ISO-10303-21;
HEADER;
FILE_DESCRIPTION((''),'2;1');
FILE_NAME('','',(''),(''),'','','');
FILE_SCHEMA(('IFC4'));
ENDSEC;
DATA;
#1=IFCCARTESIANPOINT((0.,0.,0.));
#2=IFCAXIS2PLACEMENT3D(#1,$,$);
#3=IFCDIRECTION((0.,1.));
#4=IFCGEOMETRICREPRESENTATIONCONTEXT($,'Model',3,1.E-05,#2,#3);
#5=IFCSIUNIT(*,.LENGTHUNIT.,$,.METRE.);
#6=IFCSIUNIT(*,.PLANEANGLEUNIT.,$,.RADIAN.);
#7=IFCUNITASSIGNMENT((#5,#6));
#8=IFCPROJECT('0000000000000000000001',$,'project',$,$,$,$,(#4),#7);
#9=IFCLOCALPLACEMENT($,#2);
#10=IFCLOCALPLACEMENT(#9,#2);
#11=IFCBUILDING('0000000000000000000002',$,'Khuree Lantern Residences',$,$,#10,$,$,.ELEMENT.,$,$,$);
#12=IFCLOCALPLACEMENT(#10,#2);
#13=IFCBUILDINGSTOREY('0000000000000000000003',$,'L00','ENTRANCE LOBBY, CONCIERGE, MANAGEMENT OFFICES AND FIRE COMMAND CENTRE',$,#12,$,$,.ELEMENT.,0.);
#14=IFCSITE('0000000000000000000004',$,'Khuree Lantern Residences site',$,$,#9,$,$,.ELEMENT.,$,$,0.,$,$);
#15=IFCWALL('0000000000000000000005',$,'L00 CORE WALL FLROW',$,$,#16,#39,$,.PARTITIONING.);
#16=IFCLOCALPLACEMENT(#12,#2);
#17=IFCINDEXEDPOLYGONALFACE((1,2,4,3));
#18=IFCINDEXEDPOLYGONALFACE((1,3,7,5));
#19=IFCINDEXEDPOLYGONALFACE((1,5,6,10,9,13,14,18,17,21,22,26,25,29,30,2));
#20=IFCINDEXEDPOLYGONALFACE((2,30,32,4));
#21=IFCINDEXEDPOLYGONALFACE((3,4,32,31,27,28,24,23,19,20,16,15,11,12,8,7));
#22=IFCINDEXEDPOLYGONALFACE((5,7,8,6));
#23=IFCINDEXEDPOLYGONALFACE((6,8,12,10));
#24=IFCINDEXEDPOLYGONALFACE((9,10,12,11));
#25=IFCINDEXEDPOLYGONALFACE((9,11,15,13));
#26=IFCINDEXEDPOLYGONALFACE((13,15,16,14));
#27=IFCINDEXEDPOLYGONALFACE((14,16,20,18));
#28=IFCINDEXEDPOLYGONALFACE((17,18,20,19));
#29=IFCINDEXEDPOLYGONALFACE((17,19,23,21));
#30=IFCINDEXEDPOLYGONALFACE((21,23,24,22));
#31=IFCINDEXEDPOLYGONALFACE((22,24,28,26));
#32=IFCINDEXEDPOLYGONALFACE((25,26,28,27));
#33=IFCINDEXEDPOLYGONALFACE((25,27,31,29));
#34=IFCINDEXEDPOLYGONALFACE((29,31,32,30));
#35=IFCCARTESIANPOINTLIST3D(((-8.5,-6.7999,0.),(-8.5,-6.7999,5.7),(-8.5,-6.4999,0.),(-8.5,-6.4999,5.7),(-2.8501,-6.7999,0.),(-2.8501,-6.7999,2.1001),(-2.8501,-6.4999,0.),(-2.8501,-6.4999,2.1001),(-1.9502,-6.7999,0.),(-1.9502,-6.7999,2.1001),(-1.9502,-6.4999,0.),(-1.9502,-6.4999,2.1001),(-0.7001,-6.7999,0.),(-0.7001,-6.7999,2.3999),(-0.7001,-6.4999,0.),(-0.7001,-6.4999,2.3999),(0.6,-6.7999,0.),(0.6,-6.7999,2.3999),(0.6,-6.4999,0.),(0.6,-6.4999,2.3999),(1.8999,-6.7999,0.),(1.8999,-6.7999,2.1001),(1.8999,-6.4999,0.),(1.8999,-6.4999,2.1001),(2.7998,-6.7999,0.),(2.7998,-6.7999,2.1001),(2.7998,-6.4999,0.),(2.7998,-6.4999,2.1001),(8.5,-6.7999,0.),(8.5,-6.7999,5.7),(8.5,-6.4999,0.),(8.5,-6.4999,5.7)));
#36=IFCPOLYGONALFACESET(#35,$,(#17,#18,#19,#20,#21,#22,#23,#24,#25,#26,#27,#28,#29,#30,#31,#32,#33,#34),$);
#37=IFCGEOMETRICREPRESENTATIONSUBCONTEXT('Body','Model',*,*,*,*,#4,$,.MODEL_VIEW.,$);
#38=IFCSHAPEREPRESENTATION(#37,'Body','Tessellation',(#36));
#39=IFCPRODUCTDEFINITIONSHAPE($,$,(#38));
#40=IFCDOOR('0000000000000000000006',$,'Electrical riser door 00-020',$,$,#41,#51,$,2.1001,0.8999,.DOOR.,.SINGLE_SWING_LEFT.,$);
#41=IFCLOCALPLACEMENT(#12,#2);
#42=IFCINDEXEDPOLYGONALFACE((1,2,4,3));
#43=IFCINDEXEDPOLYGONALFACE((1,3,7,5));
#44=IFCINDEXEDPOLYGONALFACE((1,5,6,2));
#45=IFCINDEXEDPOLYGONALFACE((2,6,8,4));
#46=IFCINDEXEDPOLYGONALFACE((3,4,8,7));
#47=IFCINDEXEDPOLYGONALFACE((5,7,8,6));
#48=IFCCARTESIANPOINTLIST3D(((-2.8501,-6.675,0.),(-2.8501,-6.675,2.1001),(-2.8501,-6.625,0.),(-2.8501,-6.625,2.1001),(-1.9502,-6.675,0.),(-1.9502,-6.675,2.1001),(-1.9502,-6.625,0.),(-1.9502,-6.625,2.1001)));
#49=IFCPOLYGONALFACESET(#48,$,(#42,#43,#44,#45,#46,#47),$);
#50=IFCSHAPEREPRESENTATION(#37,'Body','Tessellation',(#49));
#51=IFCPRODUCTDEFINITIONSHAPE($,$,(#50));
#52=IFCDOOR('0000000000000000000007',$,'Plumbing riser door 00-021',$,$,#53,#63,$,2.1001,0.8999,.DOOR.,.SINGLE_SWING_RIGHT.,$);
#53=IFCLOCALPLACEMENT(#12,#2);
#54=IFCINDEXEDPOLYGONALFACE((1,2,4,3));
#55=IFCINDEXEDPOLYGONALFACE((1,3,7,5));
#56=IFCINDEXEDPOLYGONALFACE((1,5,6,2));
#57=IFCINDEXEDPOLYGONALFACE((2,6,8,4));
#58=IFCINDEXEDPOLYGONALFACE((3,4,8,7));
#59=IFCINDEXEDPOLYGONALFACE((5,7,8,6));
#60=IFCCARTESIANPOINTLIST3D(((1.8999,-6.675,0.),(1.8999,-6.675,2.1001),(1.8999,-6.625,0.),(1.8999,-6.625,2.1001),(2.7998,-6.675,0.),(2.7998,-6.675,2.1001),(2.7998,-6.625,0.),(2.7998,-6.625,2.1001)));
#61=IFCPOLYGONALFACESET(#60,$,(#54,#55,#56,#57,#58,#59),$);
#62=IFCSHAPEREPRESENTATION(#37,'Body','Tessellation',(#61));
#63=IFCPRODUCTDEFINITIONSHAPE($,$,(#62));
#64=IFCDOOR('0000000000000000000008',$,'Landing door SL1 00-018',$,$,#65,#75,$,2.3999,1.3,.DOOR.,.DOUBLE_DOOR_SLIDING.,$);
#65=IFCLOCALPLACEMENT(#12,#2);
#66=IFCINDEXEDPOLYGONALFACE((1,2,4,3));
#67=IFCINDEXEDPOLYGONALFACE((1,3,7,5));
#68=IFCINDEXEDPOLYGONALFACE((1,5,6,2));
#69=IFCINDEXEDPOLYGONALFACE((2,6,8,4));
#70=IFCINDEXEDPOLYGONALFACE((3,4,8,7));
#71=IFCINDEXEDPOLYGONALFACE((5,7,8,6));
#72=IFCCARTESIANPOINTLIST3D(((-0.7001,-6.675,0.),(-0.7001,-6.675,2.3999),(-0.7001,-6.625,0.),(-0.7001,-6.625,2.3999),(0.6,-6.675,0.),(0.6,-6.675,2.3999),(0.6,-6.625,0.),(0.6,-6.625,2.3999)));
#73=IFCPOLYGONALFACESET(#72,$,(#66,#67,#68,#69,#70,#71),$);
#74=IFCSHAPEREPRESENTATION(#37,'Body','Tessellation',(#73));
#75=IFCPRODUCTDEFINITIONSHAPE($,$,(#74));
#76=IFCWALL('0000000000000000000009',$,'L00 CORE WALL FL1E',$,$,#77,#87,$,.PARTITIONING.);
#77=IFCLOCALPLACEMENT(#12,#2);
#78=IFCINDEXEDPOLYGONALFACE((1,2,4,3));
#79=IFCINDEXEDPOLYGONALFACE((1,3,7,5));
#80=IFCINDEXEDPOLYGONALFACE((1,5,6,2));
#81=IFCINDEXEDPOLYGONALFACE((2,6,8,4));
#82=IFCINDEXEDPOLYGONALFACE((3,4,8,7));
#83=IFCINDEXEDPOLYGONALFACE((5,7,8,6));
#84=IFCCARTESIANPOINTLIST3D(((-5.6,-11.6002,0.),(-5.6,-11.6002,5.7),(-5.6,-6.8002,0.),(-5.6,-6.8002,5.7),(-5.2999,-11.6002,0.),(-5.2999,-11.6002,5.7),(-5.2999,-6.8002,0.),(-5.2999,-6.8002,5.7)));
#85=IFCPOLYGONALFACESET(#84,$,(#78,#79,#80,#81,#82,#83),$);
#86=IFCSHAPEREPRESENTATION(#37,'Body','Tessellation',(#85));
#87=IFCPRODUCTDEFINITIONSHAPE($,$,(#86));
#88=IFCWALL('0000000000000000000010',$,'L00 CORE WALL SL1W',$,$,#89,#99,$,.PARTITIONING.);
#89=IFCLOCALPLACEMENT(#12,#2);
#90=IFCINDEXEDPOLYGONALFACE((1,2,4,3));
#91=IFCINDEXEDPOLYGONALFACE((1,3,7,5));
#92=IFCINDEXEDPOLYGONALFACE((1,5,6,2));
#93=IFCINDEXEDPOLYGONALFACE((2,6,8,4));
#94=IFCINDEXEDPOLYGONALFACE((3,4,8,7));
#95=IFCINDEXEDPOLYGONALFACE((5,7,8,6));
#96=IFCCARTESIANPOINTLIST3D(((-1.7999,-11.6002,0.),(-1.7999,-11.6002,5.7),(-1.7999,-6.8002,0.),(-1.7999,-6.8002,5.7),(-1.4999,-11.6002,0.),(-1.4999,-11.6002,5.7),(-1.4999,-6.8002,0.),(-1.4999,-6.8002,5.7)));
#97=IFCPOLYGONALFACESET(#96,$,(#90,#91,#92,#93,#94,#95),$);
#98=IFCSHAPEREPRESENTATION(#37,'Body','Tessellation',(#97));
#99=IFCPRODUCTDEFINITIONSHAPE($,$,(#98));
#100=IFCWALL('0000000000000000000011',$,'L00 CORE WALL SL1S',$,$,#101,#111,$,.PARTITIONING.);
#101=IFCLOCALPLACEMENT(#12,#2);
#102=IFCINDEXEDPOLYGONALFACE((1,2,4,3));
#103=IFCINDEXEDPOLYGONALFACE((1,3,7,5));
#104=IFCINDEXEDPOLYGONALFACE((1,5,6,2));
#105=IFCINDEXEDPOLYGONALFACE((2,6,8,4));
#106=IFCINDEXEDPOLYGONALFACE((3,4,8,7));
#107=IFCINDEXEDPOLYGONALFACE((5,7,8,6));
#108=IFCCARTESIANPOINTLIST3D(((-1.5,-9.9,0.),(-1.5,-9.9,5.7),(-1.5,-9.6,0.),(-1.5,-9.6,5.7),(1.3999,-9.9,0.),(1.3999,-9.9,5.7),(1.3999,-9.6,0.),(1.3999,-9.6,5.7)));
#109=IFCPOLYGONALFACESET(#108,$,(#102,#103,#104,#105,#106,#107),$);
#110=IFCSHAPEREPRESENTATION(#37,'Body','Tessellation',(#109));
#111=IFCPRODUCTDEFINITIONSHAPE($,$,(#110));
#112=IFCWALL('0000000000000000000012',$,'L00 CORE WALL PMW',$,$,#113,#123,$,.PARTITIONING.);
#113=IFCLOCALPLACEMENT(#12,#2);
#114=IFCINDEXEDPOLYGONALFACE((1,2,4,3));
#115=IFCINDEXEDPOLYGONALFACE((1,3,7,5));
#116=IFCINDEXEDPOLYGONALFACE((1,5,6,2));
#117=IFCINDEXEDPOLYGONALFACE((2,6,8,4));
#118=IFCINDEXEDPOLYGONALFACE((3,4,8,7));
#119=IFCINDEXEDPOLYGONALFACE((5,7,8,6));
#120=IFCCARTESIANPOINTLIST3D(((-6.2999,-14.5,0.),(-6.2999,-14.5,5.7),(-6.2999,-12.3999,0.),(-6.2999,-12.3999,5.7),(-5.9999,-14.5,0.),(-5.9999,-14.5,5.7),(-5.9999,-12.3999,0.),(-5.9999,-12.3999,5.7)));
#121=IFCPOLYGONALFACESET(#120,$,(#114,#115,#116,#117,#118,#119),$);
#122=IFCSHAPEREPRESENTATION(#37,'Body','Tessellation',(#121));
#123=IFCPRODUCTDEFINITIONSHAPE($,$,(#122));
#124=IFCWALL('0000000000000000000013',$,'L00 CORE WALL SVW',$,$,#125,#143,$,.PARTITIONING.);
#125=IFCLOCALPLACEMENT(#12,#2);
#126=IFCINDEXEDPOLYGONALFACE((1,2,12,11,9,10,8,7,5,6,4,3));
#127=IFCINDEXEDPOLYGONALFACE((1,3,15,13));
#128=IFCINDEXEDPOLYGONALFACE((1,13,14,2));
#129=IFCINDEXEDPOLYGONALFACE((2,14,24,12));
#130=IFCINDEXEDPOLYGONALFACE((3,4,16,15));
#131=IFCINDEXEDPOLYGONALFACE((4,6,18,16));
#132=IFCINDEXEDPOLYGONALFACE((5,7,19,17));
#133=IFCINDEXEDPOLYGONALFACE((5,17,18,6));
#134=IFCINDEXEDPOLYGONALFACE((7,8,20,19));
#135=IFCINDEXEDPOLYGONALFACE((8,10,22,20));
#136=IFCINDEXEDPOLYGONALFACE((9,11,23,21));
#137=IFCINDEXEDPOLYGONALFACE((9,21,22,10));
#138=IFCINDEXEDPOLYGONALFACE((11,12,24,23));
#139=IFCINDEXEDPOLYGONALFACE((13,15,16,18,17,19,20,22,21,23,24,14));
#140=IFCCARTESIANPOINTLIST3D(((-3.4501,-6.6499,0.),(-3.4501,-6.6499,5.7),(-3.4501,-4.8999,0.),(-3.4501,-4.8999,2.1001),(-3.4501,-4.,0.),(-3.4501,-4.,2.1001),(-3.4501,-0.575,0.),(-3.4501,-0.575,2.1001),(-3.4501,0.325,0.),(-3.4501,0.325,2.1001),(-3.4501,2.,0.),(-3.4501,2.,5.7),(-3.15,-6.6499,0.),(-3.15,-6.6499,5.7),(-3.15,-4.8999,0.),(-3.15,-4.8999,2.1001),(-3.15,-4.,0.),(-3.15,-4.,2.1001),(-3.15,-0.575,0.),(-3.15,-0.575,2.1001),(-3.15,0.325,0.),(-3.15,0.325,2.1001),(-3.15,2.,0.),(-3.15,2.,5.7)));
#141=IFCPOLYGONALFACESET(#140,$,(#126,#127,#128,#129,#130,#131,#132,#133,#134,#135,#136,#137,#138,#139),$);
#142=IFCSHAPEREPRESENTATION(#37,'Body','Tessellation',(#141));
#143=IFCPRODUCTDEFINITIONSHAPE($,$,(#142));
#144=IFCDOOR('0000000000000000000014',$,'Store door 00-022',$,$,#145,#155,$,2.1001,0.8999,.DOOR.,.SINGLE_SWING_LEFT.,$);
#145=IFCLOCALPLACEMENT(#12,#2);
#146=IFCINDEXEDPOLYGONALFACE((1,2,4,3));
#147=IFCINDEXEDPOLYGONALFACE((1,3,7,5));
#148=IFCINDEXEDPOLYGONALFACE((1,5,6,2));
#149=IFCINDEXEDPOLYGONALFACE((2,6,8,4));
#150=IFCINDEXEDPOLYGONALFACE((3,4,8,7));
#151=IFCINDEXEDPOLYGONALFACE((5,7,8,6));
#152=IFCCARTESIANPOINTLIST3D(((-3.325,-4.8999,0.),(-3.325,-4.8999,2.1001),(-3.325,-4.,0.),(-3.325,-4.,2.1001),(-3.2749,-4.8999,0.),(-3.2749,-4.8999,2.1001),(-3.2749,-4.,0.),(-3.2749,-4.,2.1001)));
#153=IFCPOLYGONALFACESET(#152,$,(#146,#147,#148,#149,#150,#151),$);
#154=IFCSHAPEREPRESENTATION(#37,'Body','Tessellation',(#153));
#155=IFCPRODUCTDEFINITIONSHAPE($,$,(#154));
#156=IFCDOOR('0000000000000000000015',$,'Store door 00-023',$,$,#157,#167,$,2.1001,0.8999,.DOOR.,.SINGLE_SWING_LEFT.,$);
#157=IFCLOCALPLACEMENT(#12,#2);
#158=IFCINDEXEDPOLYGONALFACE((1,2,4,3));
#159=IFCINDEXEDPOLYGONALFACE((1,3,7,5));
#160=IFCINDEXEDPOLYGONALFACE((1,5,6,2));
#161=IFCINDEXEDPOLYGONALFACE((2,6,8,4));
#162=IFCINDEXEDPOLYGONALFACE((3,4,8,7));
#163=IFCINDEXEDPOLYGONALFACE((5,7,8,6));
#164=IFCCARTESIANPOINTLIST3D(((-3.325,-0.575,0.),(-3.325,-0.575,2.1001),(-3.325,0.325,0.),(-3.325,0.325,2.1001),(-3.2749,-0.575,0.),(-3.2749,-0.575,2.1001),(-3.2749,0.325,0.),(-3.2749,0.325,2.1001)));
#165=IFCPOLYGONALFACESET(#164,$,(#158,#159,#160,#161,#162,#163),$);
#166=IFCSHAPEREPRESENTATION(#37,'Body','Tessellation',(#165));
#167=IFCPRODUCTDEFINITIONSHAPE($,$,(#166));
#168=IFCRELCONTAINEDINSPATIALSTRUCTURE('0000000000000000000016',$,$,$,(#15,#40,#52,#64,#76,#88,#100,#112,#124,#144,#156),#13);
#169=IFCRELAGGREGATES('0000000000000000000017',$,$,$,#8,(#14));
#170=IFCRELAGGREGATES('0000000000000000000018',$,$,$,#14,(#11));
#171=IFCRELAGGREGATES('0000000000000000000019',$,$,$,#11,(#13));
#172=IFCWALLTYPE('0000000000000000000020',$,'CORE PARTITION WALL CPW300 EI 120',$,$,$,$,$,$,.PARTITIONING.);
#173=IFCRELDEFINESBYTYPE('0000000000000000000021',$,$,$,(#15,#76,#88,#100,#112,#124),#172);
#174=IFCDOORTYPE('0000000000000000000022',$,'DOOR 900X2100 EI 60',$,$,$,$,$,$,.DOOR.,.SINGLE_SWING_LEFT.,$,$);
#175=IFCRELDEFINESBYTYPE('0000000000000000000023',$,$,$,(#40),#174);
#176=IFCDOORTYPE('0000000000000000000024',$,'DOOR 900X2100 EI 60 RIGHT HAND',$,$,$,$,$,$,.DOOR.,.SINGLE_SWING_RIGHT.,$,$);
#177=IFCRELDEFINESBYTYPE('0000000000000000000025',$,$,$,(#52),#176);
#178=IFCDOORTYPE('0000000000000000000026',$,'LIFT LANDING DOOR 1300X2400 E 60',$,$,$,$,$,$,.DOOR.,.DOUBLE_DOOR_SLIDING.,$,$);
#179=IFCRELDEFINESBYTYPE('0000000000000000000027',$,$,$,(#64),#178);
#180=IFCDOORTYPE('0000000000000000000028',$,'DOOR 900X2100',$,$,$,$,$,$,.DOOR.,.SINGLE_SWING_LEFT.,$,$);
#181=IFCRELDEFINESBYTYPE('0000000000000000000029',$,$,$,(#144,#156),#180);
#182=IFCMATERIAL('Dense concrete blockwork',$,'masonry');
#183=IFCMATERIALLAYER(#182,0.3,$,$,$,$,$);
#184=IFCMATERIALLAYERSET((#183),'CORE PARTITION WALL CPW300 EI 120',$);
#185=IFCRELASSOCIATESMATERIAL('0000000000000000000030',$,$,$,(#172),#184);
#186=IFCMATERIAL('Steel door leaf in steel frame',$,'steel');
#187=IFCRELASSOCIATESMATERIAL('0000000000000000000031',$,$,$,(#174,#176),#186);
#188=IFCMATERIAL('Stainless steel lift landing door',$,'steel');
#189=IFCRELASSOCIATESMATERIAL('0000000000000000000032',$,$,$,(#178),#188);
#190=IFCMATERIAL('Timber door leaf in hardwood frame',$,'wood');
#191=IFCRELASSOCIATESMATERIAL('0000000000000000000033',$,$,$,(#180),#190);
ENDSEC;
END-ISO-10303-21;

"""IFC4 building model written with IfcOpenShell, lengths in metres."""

from ifc_helpers import new_model, si_unit, direction, frame, frame_2d, origin, place, context, subcontext, project, spatial, rectangle, extrude, material, layer, layer_set, type_object, element, fill, save


model = new_model("IFC4")

# Units and contexts
model_context = context("Model", 3, precision=1e-05, world=origin(), true_north=direction((0.0, 1.0)))
body_context = subcontext(model_context, "Body", "Model", "MODEL_VIEW")
ifc_project = project(units=[si_unit("LENGTHUNIT", "METRE"), si_unit("PLANEANGLEUNIT", "RADIAN")], contexts=[model_context])

# Site, building, storey
site_placement = place(None, origin())
site = spatial("IfcSite", under=ifc_project, at=site_placement, Name="Khuree Lantern Residences site", CompositionType="ELEMENT", RefElevation=0.0)
building_placement = place(site_placement, origin())
building = spatial("IfcBuilding", under=site, at=building_placement, Name="Khuree Lantern Residences", CompositionType="ELEMENT")
storey_placement = place(building_placement, origin())
storey = spatial("IfcBuildingStorey", under=building, at=storey_placement, Name="L00", Description="ENTRANCE LOBBY, CONCIERGE, MANAGEMENT OFFICES AND FIRE COMMAND CENTRE", CompositionType="ELEMENT", Elevation=0.0)

# Wall, openings, doors
ifc_material_1 = material(Name="Dense concrete blockwork", Category="masonry")
ifc_layer_1 = layer(ifc_material_1, 0.3)
ifc_layer_set_1 = layer_set([ifc_layer_1], Name="CORE PARTITION WALL CPW300 EI 120")
wall_type_1 = type_object("IfcWallType", Name="CORE PARTITION WALL CPW300 EI 120", PredefinedType="PARTITIONING", material=ifc_layer_set_1)
wall_1_placement = place(storey_placement, frame((-8.5, -6.6499, 0.0), z_axis=(0.0, 0.0, 1.0), x_axis=(1.0, 0.0, 0.0)))
wall_1 = element("IfcWall", 1, at=wall_1_placement, inside=storey, type_object=wall_type_1, Name="L00 CORE WALL FLROW", PredefinedType="PARTITIONING", context=body_context, shape_type="SweptSolid", body=[
    extrude(rectangle(XDim=17.0, YDim=0.3, at=frame_2d((8.5, 0.0))), origin(), (0.0, 0.0, 1.0), 5.7),
])
opening_1_placement = place(wall_1_placement, frame((7.8, 0.0, 0.0)))
opening_1 = element("IfcOpeningElement", 2, at=opening_1_placement, cuts=wall_1, PredefinedType="OPENING", context=body_context, shape_type="SweptSolid", body=[
    extrude(rectangle(XDim=1.3, YDim=2.3999, at=frame_2d((0.6499, 1.2))), frame((0.0, 0.1602, 0.0), z_axis=(0.0, -1.0, 0.0), x_axis=(1.0, 0.0, 0.0)), (0.0, 0.0, 1.0), 0.3201),
])
opening_2_placement = place(wall_1_placement, frame((5.6499, 0.0, 0.0)))
opening_2 = element("IfcOpeningElement", 3, at=opening_2_placement, cuts=wall_1, PredefinedType="OPENING", context=body_context, shape_type="SweptSolid", body=[
    extrude(rectangle(XDim=0.8999, YDim=2.1001, at=frame_2d((0.45, 1.05))), frame((0.0, 0.1602, 0.0), z_axis=(0.0, -1.0, 0.0), x_axis=(1.0, 0.0, 0.0)), (0.0, 0.0, 1.0), 0.3201),
])
opening_3_placement = place(wall_1_placement, frame((10.3999, 0.0, 0.0)))
opening_3 = element("IfcOpeningElement", 4, at=opening_3_placement, cuts=wall_1, PredefinedType="OPENING", context=body_context, shape_type="SweptSolid", body=[
    extrude(rectangle(XDim=0.8999, YDim=2.1001, at=frame_2d((0.45, 1.05))), frame((0.0, 0.1602, 0.0), z_axis=(0.0, -1.0, 0.0), x_axis=(1.0, 0.0, 0.0)), (0.0, 0.0, 1.0), 0.3201),
])
ifc_material_2 = material(Name="Steel door leaf in steel frame", Category="steel")
door_type_1 = type_object("IfcDoorType", Name="DOOR 900X2100 EI 60", OperationType="SINGLE_SWING_LEFT", PredefinedType="DOOR", material=ifc_material_2)
door_1_placement = place(opening_2_placement, origin())
door_1 = element("IfcDoor", 5, at=door_1_placement, inside=storey, type_object=door_type_1, Name="Electrical riser door 00-020", OperationType="SINGLE_SWING_LEFT", OverallHeight=2.1001, OverallWidth=0.8999, PredefinedType="DOOR", context=body_context, shape_type="SweptSolid", body=[
    extrude(rectangle(XDim=0.8999, YDim=2.1001, at=frame_2d((0.45, 1.05))), frame((0.0, 0.0249, 0.0), z_axis=(0.0, -1.0, 0.0), x_axis=(1.0, 0.0, 0.0)), (0.0, 0.0, 1.0), 0.05),
])
fill(opening_2, door_1)
door_type_2 = type_object("IfcDoorType", Name="DOOR 900X2100 EI 60 RIGHT HAND", OperationType="SINGLE_SWING_RIGHT", PredefinedType="DOOR", material=ifc_material_2)
door_2_placement = place(opening_3_placement, origin())
door_2 = element("IfcDoor", 6, at=door_2_placement, inside=storey, type_object=door_type_2, Name="Plumbing riser door 00-021", OperationType="SINGLE_SWING_RIGHT", OverallHeight=2.1001, OverallWidth=0.8999, PredefinedType="DOOR", context=body_context, shape_type="SweptSolid", body=[
    extrude(rectangle(XDim=0.8999, YDim=2.1001, at=frame_2d((0.45, 1.05))), frame((0.0, 0.0249, 0.0), z_axis=(0.0, -1.0, 0.0), x_axis=(1.0, 0.0, 0.0)), (0.0, 0.0, 1.0), 0.05),
])
fill(opening_3, door_2)
ifc_material_3 = material(Name="Stainless steel lift landing door", Category="steel")
door_type_3 = type_object("IfcDoorType", Name="LIFT LANDING DOOR 1300X2400 E 60", OperationType="DOUBLE_DOOR_SLIDING", PredefinedType="DOOR", material=ifc_material_3)
door_3_placement = place(opening_1_placement, origin())
door_3 = element("IfcDoor", 7, at=door_3_placement, inside=storey, type_object=door_type_3, Name="Landing door SL1 00-018", OperationType="DOUBLE_DOOR_SLIDING", OverallHeight=2.3999, OverallWidth=1.3, PredefinedType="DOOR", context=body_context, shape_type="SweptSolid", body=[
    extrude(rectangle(XDim=1.3, YDim=2.3999, at=frame_2d((0.6499, 1.2))), frame((0.0, 0.0249, 0.0), z_axis=(0.0, -1.0, 0.0), x_axis=(1.0, 0.0, 0.0)), (0.0, 0.0, 1.0), 0.05),
])
fill(opening_1, door_3)

# Walls
for number, where, z_axis, x_axis, name in (
    (8, (-5.45, -11.6001, 0.0), (0.0, 0.0, 1.0), (0.0, 1.0, 0.0), "L00 CORE WALL FL1E"),
    (9, (-1.6499, -11.6001, 0.0), (0.0, 0.0, 1.0), (0.0, 1.0, 0.0), "L00 CORE WALL SL1W"),
):
    element("IfcWall", number, at=place(storey_placement, frame(where, z_axis=z_axis, x_axis=x_axis)), inside=storey, type_object=wall_type_1, Name=name, PredefinedType="PARTITIONING", context=body_context, shape_type="SweptSolid", body=[
        extrude(rectangle(XDim=4.8, YDim=0.3, at=frame_2d((2.3999, 0.0))), origin(), (0.0, 0.0, 1.0), 5.7),
    ])
wall_2_placement = place(storey_placement, frame((-1.5, -9.75, 0.0), z_axis=(0.0, 0.0, 1.0), x_axis=(1.0, 0.0, 0.0)))
element("IfcWall", 10, at=wall_2_placement, inside=storey, type_object=wall_type_1, Name="L00 CORE WALL SL1S", PredefinedType="PARTITIONING", context=body_context, shape_type="SweptSolid", body=[
    extrude(rectangle(XDim=2.8999, YDim=0.3, at=frame_2d((1.45, 0.0))), origin(), (0.0, 0.0, 1.0), 5.7),
])
wall_3_placement = place(storey_placement, frame((-6.1499, -14.5, 0.0), z_axis=(0.0, 0.0, 1.0), x_axis=(0.0, 1.0, 0.0)))
element("IfcWall", 11, at=wall_3_placement, inside=storey, type_object=wall_type_1, Name="L00 CORE WALL PMW", PredefinedType="PARTITIONING", context=body_context, shape_type="SweptSolid", body=[
    extrude(rectangle(XDim=2.1001, YDim=0.3, at=frame_2d((1.05, 0.0))), origin(), (0.0, 0.0, 1.0), 5.7),
])

# Wall, openings, doors
wall_4_placement = place(storey_placement, frame((-3.3, -6.6499, 0.0), z_axis=(0.0, 0.0, 1.0), x_axis=(0.0, 1.0, 0.0)))
wall_4 = element("IfcWall", 12, at=wall_4_placement, inside=storey, type_object=wall_type_1, Name="L00 CORE WALL SVW", PredefinedType="PARTITIONING", context=body_context, shape_type="SweptSolid", body=[
    extrude(rectangle(XDim=8.6499, YDim=0.3, at=frame_2d((4.325, 0.0))), origin(), (0.0, 0.0, 1.0), 5.7),
])
opening_4_placement = place(wall_4_placement, frame((1.75, 0.0, 0.0)))
opening_4 = element("IfcOpeningElement", 13, at=opening_4_placement, cuts=wall_4, PredefinedType="OPENING", context=body_context, shape_type="SweptSolid", body=[
    extrude(rectangle(XDim=0.8999, YDim=2.1001, at=frame_2d((0.45, 1.05))), frame((0.0, 0.1602, 0.0), z_axis=(0.0, -1.0, 0.0), x_axis=(1.0, 0.0, 0.0)), (0.0, 0.0, 1.0), 0.3201),
])
opening_5_placement = place(wall_4_placement, frame((6.075, 0.0, 0.0)))
opening_5 = element("IfcOpeningElement", 14, at=opening_5_placement, cuts=wall_4, PredefinedType="OPENING", context=body_context, shape_type="SweptSolid", body=[
    extrude(rectangle(XDim=0.8999, YDim=2.1001, at=frame_2d((0.45, 1.05))), frame((0.0, 0.1602, 0.0), z_axis=(0.0, -1.0, 0.0), x_axis=(1.0, 0.0, 0.0)), (0.0, 0.0, 1.0), 0.3201),
])
ifc_material_4 = material(Name="Timber door leaf in hardwood frame", Category="wood")
door_type_4 = type_object("IfcDoorType", Name="DOOR 900X2100", OperationType="SINGLE_SWING_LEFT", PredefinedType="DOOR", material=ifc_material_4)
door_4_placement = place(opening_4_placement, origin())
door_4 = element("IfcDoor", 15, at=door_4_placement, inside=storey, type_object=door_type_4, Name="Store door 00-022", OperationType="SINGLE_SWING_LEFT", OverallHeight=2.1001, OverallWidth=0.8999, PredefinedType="DOOR", context=body_context, shape_type="SweptSolid", body=[
    extrude(rectangle(XDim=0.8999, YDim=2.1001, at=frame_2d((0.45, 1.05))), frame((0.0, 0.0249, 0.0), z_axis=(0.0, -1.0, 0.0), x_axis=(1.0, 0.0, 0.0)), (0.0, 0.0, 1.0), 0.05),
])
fill(opening_4, door_4)
door_5_placement = place(opening_5_placement, origin())
door_5 = element("IfcDoor", 16, at=door_5_placement, inside=storey, type_object=door_type_4, Name="Store door 00-023", OperationType="SINGLE_SWING_LEFT", OverallHeight=2.1001, OverallWidth=0.8999, PredefinedType="DOOR", context=body_context, shape_type="SweptSolid", body=[
    extrude(rectangle(XDim=0.8999, YDim=2.1001, at=frame_2d((0.45, 1.05))), frame((0.0, 0.0249, 0.0), z_axis=(0.0, -1.0, 0.0), x_axis=(1.0, 0.0, 0.0)), (0.0, 0.0, 1.0), 0.05),
])
fill(opening_5, door_5)

save(model, "model.ifc")
